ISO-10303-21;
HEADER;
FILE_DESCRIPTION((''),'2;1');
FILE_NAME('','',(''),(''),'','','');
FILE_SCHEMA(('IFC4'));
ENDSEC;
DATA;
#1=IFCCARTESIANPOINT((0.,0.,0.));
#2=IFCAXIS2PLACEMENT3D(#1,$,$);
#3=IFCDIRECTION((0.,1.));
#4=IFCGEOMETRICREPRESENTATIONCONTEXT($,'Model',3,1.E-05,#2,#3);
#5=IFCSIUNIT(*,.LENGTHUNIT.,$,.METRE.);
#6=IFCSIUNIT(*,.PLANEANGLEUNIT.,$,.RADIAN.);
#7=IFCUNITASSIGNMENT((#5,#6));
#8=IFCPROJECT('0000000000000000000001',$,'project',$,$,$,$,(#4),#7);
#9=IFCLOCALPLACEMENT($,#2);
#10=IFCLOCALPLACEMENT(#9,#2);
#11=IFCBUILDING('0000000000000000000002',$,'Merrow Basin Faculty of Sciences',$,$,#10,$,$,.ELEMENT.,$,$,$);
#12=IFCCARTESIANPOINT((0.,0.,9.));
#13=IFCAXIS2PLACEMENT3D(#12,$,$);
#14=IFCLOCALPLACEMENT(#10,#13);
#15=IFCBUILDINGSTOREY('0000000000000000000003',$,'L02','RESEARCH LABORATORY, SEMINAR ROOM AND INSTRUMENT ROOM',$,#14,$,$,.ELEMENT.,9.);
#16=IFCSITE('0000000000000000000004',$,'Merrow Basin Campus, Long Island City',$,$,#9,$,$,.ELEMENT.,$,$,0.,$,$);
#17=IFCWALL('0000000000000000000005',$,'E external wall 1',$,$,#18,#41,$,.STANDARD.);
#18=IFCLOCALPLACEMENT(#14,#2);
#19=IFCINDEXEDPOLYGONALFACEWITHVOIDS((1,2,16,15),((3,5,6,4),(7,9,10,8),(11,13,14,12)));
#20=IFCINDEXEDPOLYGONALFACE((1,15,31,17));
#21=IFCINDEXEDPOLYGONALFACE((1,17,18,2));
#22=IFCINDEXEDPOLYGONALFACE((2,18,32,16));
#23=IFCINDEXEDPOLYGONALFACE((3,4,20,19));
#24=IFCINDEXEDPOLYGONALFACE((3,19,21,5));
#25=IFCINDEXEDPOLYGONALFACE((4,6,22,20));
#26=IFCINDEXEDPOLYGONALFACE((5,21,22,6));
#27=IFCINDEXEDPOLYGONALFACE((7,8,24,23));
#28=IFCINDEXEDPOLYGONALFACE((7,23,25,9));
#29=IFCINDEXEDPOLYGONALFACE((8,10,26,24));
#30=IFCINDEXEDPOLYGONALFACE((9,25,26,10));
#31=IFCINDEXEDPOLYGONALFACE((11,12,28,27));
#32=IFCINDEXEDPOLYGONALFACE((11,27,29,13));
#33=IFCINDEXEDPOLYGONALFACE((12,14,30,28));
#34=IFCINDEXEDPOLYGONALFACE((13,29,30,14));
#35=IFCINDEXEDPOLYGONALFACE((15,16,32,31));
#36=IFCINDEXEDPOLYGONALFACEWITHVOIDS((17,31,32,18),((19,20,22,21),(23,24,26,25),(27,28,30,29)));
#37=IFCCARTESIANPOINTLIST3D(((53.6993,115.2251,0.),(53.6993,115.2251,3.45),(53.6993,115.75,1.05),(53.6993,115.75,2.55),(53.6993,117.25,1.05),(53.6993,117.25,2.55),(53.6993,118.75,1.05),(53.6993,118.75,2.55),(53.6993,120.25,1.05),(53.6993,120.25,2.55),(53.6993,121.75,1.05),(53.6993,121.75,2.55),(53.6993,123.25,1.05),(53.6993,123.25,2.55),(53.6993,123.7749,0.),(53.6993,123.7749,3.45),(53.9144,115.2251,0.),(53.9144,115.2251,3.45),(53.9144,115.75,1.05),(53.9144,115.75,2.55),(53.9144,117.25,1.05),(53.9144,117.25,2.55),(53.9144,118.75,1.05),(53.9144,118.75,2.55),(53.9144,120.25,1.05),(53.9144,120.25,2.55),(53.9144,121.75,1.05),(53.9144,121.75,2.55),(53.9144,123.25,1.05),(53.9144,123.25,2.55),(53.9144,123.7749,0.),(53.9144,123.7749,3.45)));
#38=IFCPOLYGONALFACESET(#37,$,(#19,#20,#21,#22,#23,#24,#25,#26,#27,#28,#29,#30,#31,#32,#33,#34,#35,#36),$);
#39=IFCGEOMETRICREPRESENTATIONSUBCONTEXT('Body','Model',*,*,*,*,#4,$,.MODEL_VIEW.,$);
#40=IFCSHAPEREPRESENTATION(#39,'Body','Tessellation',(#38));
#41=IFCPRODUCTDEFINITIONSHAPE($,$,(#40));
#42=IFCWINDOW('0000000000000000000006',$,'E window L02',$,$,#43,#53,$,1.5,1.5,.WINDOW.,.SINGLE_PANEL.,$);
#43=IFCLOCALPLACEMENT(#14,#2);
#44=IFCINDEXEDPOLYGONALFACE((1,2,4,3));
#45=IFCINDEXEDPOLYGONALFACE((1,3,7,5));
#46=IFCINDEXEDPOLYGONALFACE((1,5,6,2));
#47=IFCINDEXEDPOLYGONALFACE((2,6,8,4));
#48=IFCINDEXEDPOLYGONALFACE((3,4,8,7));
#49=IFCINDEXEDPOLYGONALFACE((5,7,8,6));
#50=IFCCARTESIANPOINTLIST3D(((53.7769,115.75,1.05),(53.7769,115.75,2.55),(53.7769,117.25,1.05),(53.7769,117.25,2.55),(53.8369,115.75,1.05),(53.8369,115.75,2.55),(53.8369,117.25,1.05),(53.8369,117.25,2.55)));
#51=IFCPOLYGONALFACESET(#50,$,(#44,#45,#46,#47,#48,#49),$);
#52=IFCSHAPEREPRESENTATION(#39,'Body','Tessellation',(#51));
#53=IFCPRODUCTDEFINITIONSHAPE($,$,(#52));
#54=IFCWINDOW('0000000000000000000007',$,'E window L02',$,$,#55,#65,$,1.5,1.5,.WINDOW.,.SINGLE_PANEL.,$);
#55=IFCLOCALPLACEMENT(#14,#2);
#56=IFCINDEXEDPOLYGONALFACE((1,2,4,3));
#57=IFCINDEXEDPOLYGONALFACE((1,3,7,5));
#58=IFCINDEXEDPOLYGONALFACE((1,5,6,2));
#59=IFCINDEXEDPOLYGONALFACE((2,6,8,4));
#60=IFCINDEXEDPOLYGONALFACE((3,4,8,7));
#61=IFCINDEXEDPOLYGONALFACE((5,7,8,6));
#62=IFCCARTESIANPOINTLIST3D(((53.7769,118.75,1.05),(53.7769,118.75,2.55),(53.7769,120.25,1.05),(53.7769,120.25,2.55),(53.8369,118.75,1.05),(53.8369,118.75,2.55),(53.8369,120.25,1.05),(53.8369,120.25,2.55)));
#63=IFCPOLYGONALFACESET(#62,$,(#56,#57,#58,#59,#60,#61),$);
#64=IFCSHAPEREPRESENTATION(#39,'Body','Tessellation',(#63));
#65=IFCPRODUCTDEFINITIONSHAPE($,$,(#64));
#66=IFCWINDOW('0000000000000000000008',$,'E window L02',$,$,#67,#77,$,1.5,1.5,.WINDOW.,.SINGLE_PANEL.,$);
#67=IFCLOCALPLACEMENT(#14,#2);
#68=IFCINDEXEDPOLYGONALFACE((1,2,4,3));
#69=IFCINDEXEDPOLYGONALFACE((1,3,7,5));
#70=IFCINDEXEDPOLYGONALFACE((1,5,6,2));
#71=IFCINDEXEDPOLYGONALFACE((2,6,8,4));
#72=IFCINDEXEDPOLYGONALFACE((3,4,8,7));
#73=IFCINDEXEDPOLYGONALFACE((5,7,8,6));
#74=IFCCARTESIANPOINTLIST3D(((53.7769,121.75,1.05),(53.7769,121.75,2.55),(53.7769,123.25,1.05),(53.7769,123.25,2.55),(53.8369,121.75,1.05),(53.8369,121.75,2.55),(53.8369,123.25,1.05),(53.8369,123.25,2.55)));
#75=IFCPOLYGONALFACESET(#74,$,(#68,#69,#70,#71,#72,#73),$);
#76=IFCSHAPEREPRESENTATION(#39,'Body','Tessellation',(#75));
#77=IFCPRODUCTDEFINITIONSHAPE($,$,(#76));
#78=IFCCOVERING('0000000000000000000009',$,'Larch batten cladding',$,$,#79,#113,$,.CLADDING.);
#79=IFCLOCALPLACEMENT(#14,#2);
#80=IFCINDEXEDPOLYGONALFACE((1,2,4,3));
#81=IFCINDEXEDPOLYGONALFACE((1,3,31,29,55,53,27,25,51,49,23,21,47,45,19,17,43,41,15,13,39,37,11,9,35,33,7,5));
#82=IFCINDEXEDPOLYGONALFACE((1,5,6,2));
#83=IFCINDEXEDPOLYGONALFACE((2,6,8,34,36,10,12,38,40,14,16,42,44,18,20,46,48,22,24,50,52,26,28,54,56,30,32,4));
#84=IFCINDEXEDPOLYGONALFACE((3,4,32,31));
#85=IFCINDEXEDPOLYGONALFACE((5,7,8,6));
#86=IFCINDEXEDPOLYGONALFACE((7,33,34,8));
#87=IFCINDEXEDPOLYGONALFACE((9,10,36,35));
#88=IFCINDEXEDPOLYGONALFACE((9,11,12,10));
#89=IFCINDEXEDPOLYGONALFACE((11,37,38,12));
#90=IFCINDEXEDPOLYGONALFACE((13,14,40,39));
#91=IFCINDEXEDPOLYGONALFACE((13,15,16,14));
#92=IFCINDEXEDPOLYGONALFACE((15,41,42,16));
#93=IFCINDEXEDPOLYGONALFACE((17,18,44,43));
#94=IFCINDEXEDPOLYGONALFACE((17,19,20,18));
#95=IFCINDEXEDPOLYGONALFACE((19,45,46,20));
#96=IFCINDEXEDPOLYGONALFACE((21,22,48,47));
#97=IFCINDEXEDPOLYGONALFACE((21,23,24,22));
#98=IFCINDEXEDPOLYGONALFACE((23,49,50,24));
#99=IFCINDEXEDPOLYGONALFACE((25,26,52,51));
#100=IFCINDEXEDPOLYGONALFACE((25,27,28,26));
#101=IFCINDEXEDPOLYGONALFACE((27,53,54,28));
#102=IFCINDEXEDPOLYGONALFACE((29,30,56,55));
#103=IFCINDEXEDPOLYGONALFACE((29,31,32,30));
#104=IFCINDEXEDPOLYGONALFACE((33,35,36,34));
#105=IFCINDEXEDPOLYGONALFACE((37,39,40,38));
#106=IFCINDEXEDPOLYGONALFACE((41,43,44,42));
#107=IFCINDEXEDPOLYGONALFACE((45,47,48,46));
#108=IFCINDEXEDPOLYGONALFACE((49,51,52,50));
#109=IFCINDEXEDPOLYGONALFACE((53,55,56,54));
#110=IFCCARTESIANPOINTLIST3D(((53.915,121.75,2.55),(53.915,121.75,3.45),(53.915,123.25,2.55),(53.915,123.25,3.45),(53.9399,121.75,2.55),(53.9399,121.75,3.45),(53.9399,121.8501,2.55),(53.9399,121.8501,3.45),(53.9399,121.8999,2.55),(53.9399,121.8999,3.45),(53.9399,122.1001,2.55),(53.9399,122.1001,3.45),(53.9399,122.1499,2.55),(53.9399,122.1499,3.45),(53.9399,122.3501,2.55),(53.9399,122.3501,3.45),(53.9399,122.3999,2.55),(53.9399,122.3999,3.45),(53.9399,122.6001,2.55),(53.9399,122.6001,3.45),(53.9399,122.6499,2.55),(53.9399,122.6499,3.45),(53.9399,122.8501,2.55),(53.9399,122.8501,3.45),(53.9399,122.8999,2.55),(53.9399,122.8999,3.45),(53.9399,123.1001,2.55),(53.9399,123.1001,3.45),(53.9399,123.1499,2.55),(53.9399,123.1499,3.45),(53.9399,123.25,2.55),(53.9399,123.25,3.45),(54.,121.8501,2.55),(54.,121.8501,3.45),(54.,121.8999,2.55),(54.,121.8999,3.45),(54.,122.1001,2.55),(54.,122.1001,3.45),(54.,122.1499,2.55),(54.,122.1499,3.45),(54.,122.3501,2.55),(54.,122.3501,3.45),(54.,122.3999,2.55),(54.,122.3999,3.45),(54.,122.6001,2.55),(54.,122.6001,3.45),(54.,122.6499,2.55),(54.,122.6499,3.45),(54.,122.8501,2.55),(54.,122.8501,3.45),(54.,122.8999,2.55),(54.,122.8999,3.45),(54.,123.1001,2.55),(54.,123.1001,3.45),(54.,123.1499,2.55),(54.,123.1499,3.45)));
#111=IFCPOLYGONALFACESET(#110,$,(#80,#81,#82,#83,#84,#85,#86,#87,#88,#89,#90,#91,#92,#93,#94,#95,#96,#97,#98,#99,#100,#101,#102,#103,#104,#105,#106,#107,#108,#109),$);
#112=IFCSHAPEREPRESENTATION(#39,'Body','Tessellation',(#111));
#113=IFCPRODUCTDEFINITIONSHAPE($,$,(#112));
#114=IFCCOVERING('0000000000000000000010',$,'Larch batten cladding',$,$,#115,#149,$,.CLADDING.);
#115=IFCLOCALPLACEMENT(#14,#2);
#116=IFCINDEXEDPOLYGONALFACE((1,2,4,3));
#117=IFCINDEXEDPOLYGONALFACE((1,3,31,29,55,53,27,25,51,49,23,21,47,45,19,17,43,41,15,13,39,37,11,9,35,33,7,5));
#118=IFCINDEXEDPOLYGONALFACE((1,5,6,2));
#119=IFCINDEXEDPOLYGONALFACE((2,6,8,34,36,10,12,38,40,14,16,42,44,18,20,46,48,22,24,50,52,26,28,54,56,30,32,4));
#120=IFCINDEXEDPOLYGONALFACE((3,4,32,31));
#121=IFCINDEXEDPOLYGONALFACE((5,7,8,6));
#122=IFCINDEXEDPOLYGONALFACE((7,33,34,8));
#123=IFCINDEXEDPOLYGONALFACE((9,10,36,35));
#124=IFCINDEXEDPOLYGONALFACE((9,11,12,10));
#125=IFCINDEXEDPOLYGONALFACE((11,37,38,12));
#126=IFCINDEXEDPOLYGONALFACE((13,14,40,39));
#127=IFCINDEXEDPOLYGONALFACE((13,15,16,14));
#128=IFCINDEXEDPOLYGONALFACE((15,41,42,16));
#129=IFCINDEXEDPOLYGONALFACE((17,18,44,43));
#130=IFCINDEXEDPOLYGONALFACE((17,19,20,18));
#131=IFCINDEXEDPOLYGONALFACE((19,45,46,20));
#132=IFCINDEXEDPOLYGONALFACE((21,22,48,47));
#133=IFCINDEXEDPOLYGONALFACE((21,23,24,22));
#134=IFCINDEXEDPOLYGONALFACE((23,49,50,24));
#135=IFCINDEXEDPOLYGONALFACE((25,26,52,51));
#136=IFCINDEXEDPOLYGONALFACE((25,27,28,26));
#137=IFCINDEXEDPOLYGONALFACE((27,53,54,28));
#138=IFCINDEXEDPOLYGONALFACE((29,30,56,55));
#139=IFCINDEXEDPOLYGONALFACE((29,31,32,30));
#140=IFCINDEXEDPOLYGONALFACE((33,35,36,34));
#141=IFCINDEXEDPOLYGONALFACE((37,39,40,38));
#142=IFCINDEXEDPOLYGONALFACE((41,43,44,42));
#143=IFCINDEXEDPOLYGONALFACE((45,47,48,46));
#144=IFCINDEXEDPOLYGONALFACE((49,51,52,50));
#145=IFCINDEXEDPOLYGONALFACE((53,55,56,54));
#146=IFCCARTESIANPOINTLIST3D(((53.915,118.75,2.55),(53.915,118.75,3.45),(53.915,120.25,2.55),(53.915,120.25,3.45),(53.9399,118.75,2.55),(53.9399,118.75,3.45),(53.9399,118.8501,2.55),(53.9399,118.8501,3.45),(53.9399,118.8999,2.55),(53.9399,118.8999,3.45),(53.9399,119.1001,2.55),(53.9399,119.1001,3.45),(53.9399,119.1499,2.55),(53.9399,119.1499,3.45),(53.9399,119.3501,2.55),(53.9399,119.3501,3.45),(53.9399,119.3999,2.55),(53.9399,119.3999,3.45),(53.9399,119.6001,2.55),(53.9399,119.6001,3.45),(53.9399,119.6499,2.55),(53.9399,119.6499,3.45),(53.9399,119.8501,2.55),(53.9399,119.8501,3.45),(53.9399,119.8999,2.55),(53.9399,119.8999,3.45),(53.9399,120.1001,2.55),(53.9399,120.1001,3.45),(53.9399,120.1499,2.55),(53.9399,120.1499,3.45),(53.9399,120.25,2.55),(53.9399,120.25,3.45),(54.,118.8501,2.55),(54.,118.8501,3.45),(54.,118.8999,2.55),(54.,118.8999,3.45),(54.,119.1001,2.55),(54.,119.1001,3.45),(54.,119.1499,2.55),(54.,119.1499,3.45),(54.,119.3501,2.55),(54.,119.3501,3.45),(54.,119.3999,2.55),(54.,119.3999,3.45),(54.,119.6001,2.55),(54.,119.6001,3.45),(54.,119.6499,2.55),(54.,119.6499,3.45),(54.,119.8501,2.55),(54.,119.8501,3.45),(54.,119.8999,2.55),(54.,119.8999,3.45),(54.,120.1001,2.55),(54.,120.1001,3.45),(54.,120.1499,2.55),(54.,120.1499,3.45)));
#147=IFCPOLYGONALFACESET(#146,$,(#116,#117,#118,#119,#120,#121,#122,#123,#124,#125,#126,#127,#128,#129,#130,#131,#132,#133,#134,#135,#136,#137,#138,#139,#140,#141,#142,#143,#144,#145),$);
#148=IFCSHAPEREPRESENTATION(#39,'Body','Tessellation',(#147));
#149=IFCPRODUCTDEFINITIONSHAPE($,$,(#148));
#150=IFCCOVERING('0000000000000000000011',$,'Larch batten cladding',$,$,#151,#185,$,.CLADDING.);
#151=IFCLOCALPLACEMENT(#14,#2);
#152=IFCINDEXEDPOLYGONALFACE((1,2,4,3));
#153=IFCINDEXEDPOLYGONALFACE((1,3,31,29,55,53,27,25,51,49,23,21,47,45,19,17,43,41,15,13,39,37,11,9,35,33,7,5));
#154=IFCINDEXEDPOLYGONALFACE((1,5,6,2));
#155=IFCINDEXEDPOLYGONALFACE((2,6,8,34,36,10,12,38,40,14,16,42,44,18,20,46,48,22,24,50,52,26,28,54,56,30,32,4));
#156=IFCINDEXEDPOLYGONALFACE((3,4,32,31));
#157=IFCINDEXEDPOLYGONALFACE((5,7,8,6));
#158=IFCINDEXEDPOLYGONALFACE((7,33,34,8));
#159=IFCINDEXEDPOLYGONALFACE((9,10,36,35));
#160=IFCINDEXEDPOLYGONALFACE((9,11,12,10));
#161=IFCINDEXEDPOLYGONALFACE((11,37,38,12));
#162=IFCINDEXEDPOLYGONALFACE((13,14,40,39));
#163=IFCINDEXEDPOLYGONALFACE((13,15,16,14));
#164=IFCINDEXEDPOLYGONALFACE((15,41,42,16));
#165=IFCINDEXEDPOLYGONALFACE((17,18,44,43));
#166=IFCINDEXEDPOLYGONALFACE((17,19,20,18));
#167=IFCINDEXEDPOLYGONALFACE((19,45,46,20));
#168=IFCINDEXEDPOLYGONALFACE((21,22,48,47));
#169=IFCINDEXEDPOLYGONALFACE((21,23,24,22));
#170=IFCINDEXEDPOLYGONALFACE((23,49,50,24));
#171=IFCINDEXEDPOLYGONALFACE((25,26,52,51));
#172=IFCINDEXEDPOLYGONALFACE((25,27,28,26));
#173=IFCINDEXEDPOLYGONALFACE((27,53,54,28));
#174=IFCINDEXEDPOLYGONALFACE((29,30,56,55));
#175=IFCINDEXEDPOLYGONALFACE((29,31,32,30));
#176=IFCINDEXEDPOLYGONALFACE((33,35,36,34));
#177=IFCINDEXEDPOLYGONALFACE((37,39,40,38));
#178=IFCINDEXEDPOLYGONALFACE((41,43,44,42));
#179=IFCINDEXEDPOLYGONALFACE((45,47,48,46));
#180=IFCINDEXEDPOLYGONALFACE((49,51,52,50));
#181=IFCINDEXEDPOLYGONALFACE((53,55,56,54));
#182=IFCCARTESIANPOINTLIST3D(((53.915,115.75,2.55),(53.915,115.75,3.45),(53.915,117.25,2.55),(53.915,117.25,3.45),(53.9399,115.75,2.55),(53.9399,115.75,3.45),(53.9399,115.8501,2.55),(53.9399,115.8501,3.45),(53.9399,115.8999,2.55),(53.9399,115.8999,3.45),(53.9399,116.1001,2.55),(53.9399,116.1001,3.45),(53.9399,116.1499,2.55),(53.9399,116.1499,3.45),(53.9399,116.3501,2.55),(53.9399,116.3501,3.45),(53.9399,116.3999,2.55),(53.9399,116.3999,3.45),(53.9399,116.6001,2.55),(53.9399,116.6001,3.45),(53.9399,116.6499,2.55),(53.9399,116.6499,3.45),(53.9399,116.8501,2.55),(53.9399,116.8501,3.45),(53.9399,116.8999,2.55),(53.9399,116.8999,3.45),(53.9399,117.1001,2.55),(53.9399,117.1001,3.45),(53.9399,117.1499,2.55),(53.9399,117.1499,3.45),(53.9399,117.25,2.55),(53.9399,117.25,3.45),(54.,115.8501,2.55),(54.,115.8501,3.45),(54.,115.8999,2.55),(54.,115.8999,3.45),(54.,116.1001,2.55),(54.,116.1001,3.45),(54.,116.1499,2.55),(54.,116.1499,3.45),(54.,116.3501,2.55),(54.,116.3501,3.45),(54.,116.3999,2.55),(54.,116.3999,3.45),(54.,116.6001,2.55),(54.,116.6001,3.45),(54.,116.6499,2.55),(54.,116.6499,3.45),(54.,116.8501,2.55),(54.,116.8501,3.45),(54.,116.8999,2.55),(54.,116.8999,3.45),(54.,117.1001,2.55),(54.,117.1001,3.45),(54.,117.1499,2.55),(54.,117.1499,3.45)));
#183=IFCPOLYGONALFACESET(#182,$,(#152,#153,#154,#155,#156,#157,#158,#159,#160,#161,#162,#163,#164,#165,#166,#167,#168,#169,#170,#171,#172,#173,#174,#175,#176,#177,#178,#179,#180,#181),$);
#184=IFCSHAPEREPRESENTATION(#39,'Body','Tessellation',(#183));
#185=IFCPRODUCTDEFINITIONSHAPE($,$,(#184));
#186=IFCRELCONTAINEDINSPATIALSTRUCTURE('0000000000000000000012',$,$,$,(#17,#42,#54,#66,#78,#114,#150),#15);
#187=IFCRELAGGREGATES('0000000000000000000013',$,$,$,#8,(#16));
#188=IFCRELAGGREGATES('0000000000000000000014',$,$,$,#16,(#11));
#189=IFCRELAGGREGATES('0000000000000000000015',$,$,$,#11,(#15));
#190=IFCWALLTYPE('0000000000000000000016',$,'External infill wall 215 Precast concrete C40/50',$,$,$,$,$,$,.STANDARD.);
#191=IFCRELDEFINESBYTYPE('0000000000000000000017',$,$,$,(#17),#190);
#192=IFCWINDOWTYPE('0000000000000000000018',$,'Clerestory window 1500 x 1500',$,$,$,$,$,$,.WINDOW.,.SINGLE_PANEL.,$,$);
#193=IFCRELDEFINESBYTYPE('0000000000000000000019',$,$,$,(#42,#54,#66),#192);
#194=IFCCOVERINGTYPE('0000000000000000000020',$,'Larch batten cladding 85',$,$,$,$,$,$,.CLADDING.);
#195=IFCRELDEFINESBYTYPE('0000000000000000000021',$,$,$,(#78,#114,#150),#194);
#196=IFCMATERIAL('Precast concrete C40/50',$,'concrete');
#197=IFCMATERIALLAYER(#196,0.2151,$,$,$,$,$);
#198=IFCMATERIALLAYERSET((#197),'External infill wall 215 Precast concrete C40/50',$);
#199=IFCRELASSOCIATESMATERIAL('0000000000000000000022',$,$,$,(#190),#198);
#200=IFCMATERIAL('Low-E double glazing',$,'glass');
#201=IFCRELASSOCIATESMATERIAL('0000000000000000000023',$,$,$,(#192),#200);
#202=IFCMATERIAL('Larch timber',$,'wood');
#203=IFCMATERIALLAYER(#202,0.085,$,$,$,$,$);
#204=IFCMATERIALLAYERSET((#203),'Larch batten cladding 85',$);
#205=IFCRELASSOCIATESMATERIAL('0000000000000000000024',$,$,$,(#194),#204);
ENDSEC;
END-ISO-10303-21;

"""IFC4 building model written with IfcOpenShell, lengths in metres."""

from ifc_helpers import new_model, si_unit, direction, frame, frame_2d, origin, place, context, subcontext, project, spatial, polyline, rectangle, outline, extrude, source, transform, mapped, material, layer, layer_set, type_object, element, fill, save


model = new_model("IFC4")

# Units and contexts
model_context = context("Model", 3, precision=1e-05, world=origin(), true_north=direction((0.0, 1.0)))
body_context = subcontext(model_context, "Body", "Model", "MODEL_VIEW")
ifc_project = project(units=[si_unit("LENGTHUNIT", "METRE"), si_unit("PLANEANGLEUNIT", "RADIAN")], contexts=[model_context])

# Site, building, storey
site_placement = place(None, origin())
site = spatial("IfcSite", under=ifc_project, at=site_placement, Name="Merrow Basin Campus, Long Island City", CompositionType="ELEMENT", RefElevation=0.0)
building_placement = place(site_placement, origin())
building = spatial("IfcBuilding", under=site, at=building_placement, Name="Merrow Basin Faculty of Sciences", CompositionType="ELEMENT")
storey_placement = place(building_placement, frame((0.0, 0.0, 9.0)))
storey = spatial("IfcBuildingStorey", under=building, at=storey_placement, Name="L02", Description="RESEARCH LABORATORY, SEMINAR ROOM AND INSTRUMENT ROOM", CompositionType="ELEMENT", Elevation=9.0)

# Wall, openings, windows
ifc_material_1 = material(Name="Precast concrete C40/50", Category="concrete")
ifc_layer_1 = layer(ifc_material_1, 0.2151)
ifc_layer_set_1 = layer_set([ifc_layer_1], Name="External infill wall 215 Precast concrete C40/50")
wall_type = type_object("IfcWallType", Name="External infill wall 215 Precast concrete C40/50", PredefinedType="STANDARD", material=ifc_layer_set_1)
wall_placement = place(storey_placement, frame((53.8069, 123.7749, 0.0), z_axis=(0.0, 0.0, 1.0), x_axis=(0.0, -1.0, 0.0)))
wall = element("IfcWall", 1, at=wall_placement, inside=storey, type_object=wall_type, Name="E external wall 1", PredefinedType="STANDARD", context=body_context, shape_type="SweptSolid", body=[
    extrude(rectangle(XDim=8.5498, YDim=0.2151, at=frame_2d((4.2749, 0.0))), origin(), (0.0, 0.0, 1.0), 3.45),
])
opening_1_placement = place(wall_placement, frame((6.5249, 0.0, 1.05)))
opening_1 = element("IfcOpeningElement", 2, at=opening_1_placement, cuts=wall, PredefinedType="OPENING", context=body_context, shape_type="SweptSolid", body=[
    extrude(rectangle(XDim=1.5, YDim=1.5, at=frame_2d((0.75, 0.75))), frame((0.0, 0.1174, 0.0), z_axis=(0.0, -1.0, 0.0), x_axis=(1.0, 0.0, 0.0)), (0.0, 0.0, 1.0), 0.2351),
])
opening_2_placement = place(wall_placement, frame((3.5249, 0.0, 1.05)))
opening_2 = element("IfcOpeningElement", 3, at=opening_2_placement, cuts=wall, PredefinedType="OPENING", context=body_context, shape_type="SweptSolid", body=[
    extrude(rectangle(XDim=1.5, YDim=1.5, at=frame_2d((0.75, 0.75))), frame((0.0, 0.1174, 0.0), z_axis=(0.0, -1.0, 0.0), x_axis=(1.0, 0.0, 0.0)), (0.0, 0.0, 1.0), 0.2351),
])
opening_3_placement = place(wall_placement, frame((0.5249, 0.0, 1.05)))
opening_3 = element("IfcOpeningElement", 4, at=opening_3_placement, cuts=wall, PredefinedType="OPENING", context=body_context, shape_type="SweptSolid", body=[
    extrude(rectangle(XDim=1.5, YDim=1.5, at=frame_2d((0.75, 0.75))), frame((0.0, 0.1174, 0.0), z_axis=(0.0, -1.0, 0.0), x_axis=(1.0, 0.0, 0.0)), (0.0, 0.0, 1.0), 0.2351),
])
ifc_material_2 = material(Name="Low-E double glazing", Category="glass")
window_type = type_object("IfcWindowType", Name="Clerestory window 1500 x 1500", PartitioningType="SINGLE_PANEL", PredefinedType="WINDOW", material=ifc_material_2)
window_1_placement = place(opening_1_placement, origin())
window_1 = element("IfcWindow", 5, at=window_1_placement, inside=storey, type_object=window_type, Name="E window L02", OverallHeight=1.5, OverallWidth=1.5, PartitioningType="SINGLE_PANEL", PredefinedType="WINDOW", context=body_context, shape_type="SweptSolid", body=[
    extrude(rectangle(XDim=1.5, YDim=1.5, at=frame_2d((0.75, 0.75))), frame((0.0, 0.03, 0.0), z_axis=(0.0, -1.0, 0.0), x_axis=(1.0, 0.0, 0.0)), (0.0, 0.0, 1.0), 0.0601),
])
fill(opening_1, window_1)
window_2_placement = place(opening_2_placement, origin())
window_2 = element("IfcWindow", 6, at=window_2_placement, inside=storey, type_object=window_type, Name="E window L02", OverallHeight=1.5, OverallWidth=1.5, PartitioningType="SINGLE_PANEL", PredefinedType="WINDOW", context=body_context, shape_type="SweptSolid", body=[
    extrude(rectangle(XDim=1.5, YDim=1.5, at=frame_2d((0.75, 0.75))), frame((0.0, 0.03, 0.0), z_axis=(0.0, -1.0, 0.0), x_axis=(1.0, 0.0, 0.0)), (0.0, 0.0, 1.0), 0.0601),
])
fill(opening_2, window_2)
window_3_placement = place(opening_3_placement, origin())
window_3 = element("IfcWindow", 7, at=window_3_placement, inside=storey, type_object=window_type, Name="E window L02", OverallHeight=1.5, OverallWidth=1.5, PartitioningType="SINGLE_PANEL", PredefinedType="WINDOW", context=body_context, shape_type="SweptSolid", body=[
    extrude(rectangle(XDim=1.5, YDim=1.5, at=frame_2d((0.75, 0.75))), frame((0.0, 0.03, 0.0), z_axis=(0.0, -1.0, 0.0), x_axis=(1.0, 0.0, 0.0)), (0.0, 0.0, 1.0), 0.0601),
])
fill(opening_3, window_3)

# Coverings
ifc_material_3 = material(Name="Larch timber", Category="wood")
ifc_layer_2 = layer(ifc_material_3, 0.085)
ifc_layer_set_2 = layer_set([ifc_layer_2], Name="Larch batten cladding 85")
covering_type = type_object("IfcCoveringType", Name="Larch batten cladding 85", PredefinedType="CLADDING", material=ifc_layer_set_2)
shared_shape_1 = source(origin(), body_context, "Body", "SweptSolid", [
    extrude(outline(polyline([(0.0, 0.0), (1.5, 0.0), (1.5, 0.0249), (1.3999, 0.0249), (1.3999, 0.085), (1.3501, 0.085), (1.3501, 0.0249), (1.1499, 0.0249), (1.1499, 0.085), (1.1001, 0.085), (1.1001, 0.0249), (0.8999, 0.0249), (0.8999, 0.085), (0.8501, 0.085), (0.8501, 0.0249), (0.6499, 0.0249), (0.6499, 0.085), (0.6001, 0.085), (0.6001, 0.0249), (0.3999, 0.0249), (0.3999, 0.085), (0.3501, 0.085), (0.3501, 0.0249), (0.1499, 0.0249), (0.1499, 0.085), (0.1001, 0.085), (0.1001, 0.0249), (0.0, 0.0249), (0.0, 0.0)])), origin(), (0.0, 0.0, 1.0), 0.8999),
])
for number, where, z_axis, x_axis, name in (
    (8, (53.915, 123.25, 2.55), (0.0, 0.0, 1.0), (0.0, -1.0, 0.0), "Larch batten cladding"),
    (9, (53.915, 120.25, 2.55), (0.0, 0.0, 1.0), (0.0, -1.0, 0.0), "Larch batten cladding"),
    (10, (53.915, 117.25, 2.55), (0.0, 0.0, 1.0), (0.0, -1.0, 0.0), "Larch batten cladding"),
):
    element("IfcCovering", number, at=place(storey_placement, frame(where, z_axis=z_axis, x_axis=x_axis)), inside=storey, type_object=covering_type, Name=name, PredefinedType="CLADDING", context=body_context, shape_type="MappedRepresentation", body=[
        mapped(shared_shape_1, transform((0.0, 0.0, 0.0), scale=1.0)),
    ])

save(model, "model.ifc")
